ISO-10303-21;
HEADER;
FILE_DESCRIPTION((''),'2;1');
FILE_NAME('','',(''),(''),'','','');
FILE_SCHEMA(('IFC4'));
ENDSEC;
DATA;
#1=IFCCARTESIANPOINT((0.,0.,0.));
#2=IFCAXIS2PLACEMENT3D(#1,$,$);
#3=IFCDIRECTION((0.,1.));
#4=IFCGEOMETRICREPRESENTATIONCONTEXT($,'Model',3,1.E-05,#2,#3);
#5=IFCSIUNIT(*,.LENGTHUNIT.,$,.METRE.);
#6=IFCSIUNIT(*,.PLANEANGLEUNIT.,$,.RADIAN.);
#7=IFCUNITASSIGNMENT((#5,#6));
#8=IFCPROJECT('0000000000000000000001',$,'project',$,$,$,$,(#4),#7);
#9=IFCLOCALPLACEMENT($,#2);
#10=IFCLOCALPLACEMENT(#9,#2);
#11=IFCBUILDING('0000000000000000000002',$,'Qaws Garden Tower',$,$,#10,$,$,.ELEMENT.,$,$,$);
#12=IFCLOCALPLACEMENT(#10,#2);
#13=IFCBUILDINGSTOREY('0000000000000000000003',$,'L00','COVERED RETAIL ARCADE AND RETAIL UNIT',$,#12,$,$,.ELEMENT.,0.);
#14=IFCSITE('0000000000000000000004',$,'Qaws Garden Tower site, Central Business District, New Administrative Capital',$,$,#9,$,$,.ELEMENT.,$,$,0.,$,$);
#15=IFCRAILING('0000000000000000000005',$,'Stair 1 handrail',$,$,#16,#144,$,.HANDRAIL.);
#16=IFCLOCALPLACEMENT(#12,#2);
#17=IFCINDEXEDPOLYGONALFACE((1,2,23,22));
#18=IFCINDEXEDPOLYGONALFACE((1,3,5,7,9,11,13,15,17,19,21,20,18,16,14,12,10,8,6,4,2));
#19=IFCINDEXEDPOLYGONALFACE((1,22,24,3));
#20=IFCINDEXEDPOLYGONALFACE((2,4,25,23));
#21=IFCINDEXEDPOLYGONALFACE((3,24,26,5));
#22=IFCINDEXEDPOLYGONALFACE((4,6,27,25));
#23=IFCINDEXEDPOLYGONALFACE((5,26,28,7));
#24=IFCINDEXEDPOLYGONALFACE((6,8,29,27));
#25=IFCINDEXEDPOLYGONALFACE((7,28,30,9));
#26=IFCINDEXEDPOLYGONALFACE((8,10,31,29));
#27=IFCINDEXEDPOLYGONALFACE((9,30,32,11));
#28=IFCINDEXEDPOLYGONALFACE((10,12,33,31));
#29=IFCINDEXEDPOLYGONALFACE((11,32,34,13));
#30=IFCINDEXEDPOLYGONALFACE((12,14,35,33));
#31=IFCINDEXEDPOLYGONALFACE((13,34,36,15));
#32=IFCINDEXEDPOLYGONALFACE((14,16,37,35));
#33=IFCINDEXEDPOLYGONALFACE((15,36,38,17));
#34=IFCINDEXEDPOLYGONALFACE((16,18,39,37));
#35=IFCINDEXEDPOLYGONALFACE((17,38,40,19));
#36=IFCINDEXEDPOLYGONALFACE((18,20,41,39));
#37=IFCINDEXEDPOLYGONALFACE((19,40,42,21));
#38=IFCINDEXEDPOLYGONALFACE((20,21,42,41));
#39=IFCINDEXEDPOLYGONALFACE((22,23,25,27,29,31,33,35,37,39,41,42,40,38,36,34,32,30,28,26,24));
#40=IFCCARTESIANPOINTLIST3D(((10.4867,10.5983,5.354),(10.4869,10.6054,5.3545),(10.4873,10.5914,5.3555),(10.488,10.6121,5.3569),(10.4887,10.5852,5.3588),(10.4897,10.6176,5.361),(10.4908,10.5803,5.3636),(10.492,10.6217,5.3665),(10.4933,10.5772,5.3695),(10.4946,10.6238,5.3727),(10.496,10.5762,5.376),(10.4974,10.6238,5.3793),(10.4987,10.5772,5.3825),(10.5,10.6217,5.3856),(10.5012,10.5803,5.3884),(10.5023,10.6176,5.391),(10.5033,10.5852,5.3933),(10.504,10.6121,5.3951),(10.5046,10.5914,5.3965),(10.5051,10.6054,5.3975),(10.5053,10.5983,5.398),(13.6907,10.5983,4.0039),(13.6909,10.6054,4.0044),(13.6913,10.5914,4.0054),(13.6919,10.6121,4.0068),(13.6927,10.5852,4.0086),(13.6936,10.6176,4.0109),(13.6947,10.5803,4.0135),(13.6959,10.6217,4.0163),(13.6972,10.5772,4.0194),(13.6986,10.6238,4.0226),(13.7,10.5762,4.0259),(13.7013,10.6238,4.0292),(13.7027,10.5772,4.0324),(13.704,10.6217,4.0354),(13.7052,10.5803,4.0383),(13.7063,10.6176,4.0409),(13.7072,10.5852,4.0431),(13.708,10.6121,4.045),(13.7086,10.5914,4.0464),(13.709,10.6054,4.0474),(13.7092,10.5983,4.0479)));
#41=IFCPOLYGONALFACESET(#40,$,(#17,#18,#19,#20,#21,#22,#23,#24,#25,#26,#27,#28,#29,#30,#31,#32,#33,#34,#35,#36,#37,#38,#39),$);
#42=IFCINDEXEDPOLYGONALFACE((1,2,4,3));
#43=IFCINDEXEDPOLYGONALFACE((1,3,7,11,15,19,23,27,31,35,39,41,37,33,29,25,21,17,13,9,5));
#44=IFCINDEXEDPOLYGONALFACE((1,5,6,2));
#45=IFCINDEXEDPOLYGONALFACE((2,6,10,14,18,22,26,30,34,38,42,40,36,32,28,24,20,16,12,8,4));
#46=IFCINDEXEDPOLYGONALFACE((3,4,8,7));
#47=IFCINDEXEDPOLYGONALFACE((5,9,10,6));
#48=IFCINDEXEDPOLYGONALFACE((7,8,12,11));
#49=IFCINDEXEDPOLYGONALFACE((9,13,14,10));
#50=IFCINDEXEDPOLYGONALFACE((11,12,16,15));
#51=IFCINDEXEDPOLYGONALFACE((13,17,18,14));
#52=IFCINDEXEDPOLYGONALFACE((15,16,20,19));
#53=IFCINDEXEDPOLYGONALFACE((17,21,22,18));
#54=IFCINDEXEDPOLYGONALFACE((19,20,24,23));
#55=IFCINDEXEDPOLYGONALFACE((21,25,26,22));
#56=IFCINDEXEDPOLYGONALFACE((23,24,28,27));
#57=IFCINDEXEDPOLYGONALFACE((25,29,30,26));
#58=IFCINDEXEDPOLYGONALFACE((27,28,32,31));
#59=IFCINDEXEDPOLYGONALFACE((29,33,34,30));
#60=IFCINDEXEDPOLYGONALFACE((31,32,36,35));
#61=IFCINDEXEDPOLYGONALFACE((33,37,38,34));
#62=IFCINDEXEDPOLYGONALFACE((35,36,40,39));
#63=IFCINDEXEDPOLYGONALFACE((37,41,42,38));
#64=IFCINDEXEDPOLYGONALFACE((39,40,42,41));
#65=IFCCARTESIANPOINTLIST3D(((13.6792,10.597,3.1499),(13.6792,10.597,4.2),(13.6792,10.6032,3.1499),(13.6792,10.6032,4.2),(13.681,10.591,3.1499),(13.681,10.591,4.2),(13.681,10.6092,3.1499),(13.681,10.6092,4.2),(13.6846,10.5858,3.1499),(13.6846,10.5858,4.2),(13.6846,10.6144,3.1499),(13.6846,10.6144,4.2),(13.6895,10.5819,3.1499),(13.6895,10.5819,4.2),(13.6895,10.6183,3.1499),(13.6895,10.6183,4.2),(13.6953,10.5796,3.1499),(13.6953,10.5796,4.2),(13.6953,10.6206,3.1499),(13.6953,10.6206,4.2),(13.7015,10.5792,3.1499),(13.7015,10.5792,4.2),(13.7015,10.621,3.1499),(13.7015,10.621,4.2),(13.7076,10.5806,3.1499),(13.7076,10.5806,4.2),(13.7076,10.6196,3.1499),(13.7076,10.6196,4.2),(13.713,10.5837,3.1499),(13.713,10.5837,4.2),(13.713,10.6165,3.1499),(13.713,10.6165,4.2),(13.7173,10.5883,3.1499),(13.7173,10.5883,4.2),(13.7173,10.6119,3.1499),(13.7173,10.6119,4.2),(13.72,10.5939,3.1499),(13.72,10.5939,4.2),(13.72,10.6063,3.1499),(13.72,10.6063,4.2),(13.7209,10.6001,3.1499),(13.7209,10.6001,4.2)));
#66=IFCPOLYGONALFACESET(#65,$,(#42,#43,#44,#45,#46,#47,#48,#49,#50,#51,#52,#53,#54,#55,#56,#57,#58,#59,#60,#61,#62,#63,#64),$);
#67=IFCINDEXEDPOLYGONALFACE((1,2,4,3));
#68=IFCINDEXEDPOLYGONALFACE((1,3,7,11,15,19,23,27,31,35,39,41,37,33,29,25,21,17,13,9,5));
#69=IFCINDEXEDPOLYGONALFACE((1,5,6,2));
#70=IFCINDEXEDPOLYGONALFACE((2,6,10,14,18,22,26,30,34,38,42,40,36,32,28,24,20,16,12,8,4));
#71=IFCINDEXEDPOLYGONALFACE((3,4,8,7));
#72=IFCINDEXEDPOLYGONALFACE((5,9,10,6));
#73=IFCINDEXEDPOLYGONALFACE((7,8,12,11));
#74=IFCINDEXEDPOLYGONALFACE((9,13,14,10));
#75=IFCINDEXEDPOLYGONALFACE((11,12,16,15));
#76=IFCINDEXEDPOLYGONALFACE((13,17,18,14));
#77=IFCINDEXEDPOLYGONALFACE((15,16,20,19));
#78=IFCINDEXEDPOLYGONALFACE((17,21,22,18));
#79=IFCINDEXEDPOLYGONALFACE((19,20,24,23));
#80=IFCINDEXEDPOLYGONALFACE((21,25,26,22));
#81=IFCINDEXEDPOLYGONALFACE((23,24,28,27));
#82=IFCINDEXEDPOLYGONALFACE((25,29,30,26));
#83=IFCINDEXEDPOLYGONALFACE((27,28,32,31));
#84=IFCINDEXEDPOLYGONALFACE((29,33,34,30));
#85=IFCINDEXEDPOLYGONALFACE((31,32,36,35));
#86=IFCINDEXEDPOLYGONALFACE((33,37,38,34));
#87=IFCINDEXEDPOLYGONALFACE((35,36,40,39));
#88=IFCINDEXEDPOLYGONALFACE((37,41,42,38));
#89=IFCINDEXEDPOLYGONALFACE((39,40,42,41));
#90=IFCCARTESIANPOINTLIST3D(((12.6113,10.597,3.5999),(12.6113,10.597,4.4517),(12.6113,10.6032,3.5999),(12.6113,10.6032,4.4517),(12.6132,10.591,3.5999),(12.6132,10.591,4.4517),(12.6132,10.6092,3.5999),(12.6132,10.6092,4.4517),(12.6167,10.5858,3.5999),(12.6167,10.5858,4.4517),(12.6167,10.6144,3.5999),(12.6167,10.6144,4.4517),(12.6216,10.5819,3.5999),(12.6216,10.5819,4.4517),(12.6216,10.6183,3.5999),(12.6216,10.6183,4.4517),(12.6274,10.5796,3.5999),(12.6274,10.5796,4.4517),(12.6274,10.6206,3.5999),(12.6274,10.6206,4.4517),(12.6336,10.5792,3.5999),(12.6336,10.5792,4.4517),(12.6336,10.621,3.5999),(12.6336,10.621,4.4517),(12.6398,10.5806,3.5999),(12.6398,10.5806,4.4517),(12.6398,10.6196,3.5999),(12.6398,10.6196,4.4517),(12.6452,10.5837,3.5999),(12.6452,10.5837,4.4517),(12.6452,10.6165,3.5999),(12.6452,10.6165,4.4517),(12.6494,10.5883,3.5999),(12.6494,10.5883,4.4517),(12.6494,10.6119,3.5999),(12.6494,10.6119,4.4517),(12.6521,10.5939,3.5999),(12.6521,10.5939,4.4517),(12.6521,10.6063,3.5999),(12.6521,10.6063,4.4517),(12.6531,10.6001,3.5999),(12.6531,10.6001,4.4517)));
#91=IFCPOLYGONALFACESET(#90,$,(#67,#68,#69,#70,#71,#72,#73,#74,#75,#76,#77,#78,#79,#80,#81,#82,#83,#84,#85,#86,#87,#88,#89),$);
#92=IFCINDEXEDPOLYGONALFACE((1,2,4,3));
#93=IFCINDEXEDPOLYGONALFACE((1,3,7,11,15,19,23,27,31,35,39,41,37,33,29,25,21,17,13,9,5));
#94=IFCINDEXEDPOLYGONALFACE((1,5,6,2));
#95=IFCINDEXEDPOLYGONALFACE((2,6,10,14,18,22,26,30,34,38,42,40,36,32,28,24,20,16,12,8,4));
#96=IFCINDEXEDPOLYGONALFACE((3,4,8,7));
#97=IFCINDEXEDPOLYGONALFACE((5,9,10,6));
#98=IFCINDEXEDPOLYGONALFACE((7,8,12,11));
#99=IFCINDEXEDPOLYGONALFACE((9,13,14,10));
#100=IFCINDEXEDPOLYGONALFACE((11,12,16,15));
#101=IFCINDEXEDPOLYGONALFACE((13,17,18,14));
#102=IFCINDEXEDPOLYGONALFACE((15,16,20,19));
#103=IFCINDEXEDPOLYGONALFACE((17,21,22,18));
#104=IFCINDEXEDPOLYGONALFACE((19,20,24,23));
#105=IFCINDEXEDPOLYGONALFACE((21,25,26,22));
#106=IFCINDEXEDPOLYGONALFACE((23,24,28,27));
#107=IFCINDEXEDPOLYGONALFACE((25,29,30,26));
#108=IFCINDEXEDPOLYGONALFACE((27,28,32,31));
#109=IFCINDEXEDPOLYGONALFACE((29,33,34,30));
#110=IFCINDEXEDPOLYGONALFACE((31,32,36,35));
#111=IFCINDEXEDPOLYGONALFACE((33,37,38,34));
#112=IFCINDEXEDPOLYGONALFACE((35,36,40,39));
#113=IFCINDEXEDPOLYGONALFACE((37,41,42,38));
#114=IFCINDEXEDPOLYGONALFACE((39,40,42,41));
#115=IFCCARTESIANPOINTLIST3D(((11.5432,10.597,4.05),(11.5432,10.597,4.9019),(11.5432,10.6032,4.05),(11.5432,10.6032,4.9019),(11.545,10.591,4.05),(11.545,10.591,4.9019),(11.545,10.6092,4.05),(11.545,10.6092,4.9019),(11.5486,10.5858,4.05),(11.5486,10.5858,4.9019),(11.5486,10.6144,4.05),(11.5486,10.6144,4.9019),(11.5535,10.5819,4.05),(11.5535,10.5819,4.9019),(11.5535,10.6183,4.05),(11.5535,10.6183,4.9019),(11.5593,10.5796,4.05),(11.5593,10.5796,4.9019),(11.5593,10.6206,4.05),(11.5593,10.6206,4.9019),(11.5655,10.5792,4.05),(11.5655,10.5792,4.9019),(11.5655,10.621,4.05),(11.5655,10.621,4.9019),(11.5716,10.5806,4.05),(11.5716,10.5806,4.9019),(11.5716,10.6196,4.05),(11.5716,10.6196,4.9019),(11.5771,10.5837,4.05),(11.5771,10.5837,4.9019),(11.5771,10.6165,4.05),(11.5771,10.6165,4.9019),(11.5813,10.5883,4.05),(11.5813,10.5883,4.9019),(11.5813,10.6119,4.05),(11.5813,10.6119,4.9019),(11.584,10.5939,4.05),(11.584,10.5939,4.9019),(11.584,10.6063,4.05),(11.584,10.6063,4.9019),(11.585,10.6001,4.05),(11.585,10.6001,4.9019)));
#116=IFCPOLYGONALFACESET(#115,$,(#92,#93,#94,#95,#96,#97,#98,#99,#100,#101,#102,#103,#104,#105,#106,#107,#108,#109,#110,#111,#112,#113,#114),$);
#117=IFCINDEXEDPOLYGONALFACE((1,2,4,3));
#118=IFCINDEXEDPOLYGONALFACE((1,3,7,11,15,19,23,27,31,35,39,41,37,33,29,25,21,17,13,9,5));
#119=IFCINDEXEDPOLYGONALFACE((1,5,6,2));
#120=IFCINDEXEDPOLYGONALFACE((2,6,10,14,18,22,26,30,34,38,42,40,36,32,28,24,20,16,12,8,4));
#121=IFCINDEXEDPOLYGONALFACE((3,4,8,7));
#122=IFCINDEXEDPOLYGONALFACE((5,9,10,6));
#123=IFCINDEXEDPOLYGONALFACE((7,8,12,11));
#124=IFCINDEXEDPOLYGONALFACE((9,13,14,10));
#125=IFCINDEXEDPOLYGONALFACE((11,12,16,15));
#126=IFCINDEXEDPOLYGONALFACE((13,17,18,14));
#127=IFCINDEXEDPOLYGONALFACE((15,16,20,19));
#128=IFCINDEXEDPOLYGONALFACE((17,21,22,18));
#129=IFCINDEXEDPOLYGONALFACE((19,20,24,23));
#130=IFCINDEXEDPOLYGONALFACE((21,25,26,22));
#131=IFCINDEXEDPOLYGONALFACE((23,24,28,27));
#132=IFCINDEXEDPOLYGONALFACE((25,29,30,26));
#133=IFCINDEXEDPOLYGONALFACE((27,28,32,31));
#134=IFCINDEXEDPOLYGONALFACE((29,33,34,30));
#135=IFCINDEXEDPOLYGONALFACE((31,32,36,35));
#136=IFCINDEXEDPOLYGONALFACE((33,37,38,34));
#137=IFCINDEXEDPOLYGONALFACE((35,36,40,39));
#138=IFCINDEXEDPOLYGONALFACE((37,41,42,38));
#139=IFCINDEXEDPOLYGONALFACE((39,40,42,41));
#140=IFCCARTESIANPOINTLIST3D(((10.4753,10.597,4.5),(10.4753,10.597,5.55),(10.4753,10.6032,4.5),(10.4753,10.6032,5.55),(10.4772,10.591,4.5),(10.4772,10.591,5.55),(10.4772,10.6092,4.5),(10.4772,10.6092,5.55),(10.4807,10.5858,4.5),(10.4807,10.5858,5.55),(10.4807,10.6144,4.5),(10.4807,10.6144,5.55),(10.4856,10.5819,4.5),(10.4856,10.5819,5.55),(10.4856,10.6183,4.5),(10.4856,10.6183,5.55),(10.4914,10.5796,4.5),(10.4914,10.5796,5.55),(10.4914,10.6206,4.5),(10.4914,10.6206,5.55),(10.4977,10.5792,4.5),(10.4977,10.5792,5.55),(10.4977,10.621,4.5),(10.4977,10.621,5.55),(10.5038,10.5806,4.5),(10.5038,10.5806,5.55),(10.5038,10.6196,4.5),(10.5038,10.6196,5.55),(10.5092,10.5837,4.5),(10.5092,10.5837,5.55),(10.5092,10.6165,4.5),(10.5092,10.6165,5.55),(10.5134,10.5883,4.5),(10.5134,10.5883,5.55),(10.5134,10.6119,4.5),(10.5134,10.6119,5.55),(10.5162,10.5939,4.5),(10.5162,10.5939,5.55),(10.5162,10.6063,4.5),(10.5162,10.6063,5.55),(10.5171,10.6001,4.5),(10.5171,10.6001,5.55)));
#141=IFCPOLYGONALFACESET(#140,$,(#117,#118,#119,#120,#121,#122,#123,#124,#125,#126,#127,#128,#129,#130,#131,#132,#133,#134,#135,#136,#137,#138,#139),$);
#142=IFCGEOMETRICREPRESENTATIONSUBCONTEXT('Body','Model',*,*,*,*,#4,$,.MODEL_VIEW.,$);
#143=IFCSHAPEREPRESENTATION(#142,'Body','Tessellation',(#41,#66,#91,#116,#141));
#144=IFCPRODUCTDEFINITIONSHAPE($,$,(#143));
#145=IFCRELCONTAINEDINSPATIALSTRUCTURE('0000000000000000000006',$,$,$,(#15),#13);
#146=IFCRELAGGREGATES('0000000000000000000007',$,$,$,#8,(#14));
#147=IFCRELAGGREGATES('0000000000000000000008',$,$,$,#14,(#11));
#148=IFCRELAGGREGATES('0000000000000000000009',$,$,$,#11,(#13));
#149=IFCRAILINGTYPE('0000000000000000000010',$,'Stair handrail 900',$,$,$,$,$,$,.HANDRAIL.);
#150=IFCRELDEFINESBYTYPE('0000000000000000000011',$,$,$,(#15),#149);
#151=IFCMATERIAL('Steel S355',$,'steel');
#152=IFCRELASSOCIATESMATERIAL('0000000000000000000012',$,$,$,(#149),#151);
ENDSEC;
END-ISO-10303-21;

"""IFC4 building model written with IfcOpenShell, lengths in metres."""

from ifc_helpers import new_model, si_unit, direction, frame, origin, origin_2d, place, context, subcontext, project, spatial, circle, extrude, material, type_object, element, save


model = new_model("IFC4")

# Units and contexts
model_context = context("Model", 3, precision=1e-05, world=origin(), true_north=direction((0.0, 1.0)))
body_context = subcontext(model_context, "Body", "Model", "MODEL_VIEW")
ifc_project = project(units=[si_unit("LENGTHUNIT", "METRE"), si_unit("PLANEANGLEUNIT", "RADIAN")], contexts=[model_context])

# Site, building, storey
site_placement = place(None, origin())
site = spatial("IfcSite", under=ifc_project, at=site_placement, Name="Qaws Garden Tower site, Central Business District, New Administrative Capital", CompositionType="ELEMENT", RefElevation=0.0)
building_placement = place(site_placement, origin())
building = spatial("IfcBuilding", under=site, at=building_placement, Name="Qaws Garden Tower", CompositionType="ELEMENT")
storey_placement = place(building_placement, origin())
storey = spatial("IfcBuildingStorey", under=building, at=storey_placement, Name="L00", Description="COVERED RETAIL ARCADE AND RETAIL UNIT", CompositionType="ELEMENT", Elevation=0.0)

# Railing
ifc_material_1 = material(Name="Steel S355", Category="steel")
railing_type_1 = type_object("IfcRailingType", Name="Stair handrail 900", PredefinedType="HANDRAIL", material=ifc_material_1)
for number, where, name in (
    (1, (13.7, 10.6001, 3.1499), "Stair 1 handrail"),
):
    element("IfcRailing", number, at=place(storey_placement, frame(where)), inside=storey, type_object=railing_type_1, Name=name, PredefinedType="HANDRAIL", context=body_context, shape_type="SweptSolid", body=[
        extrude(circle(Radius=0.0239, at=origin_2d()), frame((0.0, 0.0, 0.876), z_axis=(-0.921522, 0.0, 0.388327), x_axis=(0.0, -1.0, 0.0)), (0.0, 0.0, 1.0), 3.4768),
        extrude(circle(Radius=0.021, at=origin_2d()), origin(), (0.0, 0.0, 1.0), 1.05),
        extrude(circle(Radius=0.021, at=origin_2d()), frame((-1.0679, 0.0, 0.45)), (0.0, 0.0, 1.0), 0.8518),
        extrude(circle(Radius=0.021, at=origin_2d()), frame((-2.136, 0.0, 0.9001)), (0.0, 0.0, 1.0), 0.8518),
        extrude(circle(Radius=0.021, at=origin_2d()), frame((-3.2039, 0.0, 1.3501)), (0.0, 0.0, 1.0), 1.05),
    ])

save(model, "model.ifc")
